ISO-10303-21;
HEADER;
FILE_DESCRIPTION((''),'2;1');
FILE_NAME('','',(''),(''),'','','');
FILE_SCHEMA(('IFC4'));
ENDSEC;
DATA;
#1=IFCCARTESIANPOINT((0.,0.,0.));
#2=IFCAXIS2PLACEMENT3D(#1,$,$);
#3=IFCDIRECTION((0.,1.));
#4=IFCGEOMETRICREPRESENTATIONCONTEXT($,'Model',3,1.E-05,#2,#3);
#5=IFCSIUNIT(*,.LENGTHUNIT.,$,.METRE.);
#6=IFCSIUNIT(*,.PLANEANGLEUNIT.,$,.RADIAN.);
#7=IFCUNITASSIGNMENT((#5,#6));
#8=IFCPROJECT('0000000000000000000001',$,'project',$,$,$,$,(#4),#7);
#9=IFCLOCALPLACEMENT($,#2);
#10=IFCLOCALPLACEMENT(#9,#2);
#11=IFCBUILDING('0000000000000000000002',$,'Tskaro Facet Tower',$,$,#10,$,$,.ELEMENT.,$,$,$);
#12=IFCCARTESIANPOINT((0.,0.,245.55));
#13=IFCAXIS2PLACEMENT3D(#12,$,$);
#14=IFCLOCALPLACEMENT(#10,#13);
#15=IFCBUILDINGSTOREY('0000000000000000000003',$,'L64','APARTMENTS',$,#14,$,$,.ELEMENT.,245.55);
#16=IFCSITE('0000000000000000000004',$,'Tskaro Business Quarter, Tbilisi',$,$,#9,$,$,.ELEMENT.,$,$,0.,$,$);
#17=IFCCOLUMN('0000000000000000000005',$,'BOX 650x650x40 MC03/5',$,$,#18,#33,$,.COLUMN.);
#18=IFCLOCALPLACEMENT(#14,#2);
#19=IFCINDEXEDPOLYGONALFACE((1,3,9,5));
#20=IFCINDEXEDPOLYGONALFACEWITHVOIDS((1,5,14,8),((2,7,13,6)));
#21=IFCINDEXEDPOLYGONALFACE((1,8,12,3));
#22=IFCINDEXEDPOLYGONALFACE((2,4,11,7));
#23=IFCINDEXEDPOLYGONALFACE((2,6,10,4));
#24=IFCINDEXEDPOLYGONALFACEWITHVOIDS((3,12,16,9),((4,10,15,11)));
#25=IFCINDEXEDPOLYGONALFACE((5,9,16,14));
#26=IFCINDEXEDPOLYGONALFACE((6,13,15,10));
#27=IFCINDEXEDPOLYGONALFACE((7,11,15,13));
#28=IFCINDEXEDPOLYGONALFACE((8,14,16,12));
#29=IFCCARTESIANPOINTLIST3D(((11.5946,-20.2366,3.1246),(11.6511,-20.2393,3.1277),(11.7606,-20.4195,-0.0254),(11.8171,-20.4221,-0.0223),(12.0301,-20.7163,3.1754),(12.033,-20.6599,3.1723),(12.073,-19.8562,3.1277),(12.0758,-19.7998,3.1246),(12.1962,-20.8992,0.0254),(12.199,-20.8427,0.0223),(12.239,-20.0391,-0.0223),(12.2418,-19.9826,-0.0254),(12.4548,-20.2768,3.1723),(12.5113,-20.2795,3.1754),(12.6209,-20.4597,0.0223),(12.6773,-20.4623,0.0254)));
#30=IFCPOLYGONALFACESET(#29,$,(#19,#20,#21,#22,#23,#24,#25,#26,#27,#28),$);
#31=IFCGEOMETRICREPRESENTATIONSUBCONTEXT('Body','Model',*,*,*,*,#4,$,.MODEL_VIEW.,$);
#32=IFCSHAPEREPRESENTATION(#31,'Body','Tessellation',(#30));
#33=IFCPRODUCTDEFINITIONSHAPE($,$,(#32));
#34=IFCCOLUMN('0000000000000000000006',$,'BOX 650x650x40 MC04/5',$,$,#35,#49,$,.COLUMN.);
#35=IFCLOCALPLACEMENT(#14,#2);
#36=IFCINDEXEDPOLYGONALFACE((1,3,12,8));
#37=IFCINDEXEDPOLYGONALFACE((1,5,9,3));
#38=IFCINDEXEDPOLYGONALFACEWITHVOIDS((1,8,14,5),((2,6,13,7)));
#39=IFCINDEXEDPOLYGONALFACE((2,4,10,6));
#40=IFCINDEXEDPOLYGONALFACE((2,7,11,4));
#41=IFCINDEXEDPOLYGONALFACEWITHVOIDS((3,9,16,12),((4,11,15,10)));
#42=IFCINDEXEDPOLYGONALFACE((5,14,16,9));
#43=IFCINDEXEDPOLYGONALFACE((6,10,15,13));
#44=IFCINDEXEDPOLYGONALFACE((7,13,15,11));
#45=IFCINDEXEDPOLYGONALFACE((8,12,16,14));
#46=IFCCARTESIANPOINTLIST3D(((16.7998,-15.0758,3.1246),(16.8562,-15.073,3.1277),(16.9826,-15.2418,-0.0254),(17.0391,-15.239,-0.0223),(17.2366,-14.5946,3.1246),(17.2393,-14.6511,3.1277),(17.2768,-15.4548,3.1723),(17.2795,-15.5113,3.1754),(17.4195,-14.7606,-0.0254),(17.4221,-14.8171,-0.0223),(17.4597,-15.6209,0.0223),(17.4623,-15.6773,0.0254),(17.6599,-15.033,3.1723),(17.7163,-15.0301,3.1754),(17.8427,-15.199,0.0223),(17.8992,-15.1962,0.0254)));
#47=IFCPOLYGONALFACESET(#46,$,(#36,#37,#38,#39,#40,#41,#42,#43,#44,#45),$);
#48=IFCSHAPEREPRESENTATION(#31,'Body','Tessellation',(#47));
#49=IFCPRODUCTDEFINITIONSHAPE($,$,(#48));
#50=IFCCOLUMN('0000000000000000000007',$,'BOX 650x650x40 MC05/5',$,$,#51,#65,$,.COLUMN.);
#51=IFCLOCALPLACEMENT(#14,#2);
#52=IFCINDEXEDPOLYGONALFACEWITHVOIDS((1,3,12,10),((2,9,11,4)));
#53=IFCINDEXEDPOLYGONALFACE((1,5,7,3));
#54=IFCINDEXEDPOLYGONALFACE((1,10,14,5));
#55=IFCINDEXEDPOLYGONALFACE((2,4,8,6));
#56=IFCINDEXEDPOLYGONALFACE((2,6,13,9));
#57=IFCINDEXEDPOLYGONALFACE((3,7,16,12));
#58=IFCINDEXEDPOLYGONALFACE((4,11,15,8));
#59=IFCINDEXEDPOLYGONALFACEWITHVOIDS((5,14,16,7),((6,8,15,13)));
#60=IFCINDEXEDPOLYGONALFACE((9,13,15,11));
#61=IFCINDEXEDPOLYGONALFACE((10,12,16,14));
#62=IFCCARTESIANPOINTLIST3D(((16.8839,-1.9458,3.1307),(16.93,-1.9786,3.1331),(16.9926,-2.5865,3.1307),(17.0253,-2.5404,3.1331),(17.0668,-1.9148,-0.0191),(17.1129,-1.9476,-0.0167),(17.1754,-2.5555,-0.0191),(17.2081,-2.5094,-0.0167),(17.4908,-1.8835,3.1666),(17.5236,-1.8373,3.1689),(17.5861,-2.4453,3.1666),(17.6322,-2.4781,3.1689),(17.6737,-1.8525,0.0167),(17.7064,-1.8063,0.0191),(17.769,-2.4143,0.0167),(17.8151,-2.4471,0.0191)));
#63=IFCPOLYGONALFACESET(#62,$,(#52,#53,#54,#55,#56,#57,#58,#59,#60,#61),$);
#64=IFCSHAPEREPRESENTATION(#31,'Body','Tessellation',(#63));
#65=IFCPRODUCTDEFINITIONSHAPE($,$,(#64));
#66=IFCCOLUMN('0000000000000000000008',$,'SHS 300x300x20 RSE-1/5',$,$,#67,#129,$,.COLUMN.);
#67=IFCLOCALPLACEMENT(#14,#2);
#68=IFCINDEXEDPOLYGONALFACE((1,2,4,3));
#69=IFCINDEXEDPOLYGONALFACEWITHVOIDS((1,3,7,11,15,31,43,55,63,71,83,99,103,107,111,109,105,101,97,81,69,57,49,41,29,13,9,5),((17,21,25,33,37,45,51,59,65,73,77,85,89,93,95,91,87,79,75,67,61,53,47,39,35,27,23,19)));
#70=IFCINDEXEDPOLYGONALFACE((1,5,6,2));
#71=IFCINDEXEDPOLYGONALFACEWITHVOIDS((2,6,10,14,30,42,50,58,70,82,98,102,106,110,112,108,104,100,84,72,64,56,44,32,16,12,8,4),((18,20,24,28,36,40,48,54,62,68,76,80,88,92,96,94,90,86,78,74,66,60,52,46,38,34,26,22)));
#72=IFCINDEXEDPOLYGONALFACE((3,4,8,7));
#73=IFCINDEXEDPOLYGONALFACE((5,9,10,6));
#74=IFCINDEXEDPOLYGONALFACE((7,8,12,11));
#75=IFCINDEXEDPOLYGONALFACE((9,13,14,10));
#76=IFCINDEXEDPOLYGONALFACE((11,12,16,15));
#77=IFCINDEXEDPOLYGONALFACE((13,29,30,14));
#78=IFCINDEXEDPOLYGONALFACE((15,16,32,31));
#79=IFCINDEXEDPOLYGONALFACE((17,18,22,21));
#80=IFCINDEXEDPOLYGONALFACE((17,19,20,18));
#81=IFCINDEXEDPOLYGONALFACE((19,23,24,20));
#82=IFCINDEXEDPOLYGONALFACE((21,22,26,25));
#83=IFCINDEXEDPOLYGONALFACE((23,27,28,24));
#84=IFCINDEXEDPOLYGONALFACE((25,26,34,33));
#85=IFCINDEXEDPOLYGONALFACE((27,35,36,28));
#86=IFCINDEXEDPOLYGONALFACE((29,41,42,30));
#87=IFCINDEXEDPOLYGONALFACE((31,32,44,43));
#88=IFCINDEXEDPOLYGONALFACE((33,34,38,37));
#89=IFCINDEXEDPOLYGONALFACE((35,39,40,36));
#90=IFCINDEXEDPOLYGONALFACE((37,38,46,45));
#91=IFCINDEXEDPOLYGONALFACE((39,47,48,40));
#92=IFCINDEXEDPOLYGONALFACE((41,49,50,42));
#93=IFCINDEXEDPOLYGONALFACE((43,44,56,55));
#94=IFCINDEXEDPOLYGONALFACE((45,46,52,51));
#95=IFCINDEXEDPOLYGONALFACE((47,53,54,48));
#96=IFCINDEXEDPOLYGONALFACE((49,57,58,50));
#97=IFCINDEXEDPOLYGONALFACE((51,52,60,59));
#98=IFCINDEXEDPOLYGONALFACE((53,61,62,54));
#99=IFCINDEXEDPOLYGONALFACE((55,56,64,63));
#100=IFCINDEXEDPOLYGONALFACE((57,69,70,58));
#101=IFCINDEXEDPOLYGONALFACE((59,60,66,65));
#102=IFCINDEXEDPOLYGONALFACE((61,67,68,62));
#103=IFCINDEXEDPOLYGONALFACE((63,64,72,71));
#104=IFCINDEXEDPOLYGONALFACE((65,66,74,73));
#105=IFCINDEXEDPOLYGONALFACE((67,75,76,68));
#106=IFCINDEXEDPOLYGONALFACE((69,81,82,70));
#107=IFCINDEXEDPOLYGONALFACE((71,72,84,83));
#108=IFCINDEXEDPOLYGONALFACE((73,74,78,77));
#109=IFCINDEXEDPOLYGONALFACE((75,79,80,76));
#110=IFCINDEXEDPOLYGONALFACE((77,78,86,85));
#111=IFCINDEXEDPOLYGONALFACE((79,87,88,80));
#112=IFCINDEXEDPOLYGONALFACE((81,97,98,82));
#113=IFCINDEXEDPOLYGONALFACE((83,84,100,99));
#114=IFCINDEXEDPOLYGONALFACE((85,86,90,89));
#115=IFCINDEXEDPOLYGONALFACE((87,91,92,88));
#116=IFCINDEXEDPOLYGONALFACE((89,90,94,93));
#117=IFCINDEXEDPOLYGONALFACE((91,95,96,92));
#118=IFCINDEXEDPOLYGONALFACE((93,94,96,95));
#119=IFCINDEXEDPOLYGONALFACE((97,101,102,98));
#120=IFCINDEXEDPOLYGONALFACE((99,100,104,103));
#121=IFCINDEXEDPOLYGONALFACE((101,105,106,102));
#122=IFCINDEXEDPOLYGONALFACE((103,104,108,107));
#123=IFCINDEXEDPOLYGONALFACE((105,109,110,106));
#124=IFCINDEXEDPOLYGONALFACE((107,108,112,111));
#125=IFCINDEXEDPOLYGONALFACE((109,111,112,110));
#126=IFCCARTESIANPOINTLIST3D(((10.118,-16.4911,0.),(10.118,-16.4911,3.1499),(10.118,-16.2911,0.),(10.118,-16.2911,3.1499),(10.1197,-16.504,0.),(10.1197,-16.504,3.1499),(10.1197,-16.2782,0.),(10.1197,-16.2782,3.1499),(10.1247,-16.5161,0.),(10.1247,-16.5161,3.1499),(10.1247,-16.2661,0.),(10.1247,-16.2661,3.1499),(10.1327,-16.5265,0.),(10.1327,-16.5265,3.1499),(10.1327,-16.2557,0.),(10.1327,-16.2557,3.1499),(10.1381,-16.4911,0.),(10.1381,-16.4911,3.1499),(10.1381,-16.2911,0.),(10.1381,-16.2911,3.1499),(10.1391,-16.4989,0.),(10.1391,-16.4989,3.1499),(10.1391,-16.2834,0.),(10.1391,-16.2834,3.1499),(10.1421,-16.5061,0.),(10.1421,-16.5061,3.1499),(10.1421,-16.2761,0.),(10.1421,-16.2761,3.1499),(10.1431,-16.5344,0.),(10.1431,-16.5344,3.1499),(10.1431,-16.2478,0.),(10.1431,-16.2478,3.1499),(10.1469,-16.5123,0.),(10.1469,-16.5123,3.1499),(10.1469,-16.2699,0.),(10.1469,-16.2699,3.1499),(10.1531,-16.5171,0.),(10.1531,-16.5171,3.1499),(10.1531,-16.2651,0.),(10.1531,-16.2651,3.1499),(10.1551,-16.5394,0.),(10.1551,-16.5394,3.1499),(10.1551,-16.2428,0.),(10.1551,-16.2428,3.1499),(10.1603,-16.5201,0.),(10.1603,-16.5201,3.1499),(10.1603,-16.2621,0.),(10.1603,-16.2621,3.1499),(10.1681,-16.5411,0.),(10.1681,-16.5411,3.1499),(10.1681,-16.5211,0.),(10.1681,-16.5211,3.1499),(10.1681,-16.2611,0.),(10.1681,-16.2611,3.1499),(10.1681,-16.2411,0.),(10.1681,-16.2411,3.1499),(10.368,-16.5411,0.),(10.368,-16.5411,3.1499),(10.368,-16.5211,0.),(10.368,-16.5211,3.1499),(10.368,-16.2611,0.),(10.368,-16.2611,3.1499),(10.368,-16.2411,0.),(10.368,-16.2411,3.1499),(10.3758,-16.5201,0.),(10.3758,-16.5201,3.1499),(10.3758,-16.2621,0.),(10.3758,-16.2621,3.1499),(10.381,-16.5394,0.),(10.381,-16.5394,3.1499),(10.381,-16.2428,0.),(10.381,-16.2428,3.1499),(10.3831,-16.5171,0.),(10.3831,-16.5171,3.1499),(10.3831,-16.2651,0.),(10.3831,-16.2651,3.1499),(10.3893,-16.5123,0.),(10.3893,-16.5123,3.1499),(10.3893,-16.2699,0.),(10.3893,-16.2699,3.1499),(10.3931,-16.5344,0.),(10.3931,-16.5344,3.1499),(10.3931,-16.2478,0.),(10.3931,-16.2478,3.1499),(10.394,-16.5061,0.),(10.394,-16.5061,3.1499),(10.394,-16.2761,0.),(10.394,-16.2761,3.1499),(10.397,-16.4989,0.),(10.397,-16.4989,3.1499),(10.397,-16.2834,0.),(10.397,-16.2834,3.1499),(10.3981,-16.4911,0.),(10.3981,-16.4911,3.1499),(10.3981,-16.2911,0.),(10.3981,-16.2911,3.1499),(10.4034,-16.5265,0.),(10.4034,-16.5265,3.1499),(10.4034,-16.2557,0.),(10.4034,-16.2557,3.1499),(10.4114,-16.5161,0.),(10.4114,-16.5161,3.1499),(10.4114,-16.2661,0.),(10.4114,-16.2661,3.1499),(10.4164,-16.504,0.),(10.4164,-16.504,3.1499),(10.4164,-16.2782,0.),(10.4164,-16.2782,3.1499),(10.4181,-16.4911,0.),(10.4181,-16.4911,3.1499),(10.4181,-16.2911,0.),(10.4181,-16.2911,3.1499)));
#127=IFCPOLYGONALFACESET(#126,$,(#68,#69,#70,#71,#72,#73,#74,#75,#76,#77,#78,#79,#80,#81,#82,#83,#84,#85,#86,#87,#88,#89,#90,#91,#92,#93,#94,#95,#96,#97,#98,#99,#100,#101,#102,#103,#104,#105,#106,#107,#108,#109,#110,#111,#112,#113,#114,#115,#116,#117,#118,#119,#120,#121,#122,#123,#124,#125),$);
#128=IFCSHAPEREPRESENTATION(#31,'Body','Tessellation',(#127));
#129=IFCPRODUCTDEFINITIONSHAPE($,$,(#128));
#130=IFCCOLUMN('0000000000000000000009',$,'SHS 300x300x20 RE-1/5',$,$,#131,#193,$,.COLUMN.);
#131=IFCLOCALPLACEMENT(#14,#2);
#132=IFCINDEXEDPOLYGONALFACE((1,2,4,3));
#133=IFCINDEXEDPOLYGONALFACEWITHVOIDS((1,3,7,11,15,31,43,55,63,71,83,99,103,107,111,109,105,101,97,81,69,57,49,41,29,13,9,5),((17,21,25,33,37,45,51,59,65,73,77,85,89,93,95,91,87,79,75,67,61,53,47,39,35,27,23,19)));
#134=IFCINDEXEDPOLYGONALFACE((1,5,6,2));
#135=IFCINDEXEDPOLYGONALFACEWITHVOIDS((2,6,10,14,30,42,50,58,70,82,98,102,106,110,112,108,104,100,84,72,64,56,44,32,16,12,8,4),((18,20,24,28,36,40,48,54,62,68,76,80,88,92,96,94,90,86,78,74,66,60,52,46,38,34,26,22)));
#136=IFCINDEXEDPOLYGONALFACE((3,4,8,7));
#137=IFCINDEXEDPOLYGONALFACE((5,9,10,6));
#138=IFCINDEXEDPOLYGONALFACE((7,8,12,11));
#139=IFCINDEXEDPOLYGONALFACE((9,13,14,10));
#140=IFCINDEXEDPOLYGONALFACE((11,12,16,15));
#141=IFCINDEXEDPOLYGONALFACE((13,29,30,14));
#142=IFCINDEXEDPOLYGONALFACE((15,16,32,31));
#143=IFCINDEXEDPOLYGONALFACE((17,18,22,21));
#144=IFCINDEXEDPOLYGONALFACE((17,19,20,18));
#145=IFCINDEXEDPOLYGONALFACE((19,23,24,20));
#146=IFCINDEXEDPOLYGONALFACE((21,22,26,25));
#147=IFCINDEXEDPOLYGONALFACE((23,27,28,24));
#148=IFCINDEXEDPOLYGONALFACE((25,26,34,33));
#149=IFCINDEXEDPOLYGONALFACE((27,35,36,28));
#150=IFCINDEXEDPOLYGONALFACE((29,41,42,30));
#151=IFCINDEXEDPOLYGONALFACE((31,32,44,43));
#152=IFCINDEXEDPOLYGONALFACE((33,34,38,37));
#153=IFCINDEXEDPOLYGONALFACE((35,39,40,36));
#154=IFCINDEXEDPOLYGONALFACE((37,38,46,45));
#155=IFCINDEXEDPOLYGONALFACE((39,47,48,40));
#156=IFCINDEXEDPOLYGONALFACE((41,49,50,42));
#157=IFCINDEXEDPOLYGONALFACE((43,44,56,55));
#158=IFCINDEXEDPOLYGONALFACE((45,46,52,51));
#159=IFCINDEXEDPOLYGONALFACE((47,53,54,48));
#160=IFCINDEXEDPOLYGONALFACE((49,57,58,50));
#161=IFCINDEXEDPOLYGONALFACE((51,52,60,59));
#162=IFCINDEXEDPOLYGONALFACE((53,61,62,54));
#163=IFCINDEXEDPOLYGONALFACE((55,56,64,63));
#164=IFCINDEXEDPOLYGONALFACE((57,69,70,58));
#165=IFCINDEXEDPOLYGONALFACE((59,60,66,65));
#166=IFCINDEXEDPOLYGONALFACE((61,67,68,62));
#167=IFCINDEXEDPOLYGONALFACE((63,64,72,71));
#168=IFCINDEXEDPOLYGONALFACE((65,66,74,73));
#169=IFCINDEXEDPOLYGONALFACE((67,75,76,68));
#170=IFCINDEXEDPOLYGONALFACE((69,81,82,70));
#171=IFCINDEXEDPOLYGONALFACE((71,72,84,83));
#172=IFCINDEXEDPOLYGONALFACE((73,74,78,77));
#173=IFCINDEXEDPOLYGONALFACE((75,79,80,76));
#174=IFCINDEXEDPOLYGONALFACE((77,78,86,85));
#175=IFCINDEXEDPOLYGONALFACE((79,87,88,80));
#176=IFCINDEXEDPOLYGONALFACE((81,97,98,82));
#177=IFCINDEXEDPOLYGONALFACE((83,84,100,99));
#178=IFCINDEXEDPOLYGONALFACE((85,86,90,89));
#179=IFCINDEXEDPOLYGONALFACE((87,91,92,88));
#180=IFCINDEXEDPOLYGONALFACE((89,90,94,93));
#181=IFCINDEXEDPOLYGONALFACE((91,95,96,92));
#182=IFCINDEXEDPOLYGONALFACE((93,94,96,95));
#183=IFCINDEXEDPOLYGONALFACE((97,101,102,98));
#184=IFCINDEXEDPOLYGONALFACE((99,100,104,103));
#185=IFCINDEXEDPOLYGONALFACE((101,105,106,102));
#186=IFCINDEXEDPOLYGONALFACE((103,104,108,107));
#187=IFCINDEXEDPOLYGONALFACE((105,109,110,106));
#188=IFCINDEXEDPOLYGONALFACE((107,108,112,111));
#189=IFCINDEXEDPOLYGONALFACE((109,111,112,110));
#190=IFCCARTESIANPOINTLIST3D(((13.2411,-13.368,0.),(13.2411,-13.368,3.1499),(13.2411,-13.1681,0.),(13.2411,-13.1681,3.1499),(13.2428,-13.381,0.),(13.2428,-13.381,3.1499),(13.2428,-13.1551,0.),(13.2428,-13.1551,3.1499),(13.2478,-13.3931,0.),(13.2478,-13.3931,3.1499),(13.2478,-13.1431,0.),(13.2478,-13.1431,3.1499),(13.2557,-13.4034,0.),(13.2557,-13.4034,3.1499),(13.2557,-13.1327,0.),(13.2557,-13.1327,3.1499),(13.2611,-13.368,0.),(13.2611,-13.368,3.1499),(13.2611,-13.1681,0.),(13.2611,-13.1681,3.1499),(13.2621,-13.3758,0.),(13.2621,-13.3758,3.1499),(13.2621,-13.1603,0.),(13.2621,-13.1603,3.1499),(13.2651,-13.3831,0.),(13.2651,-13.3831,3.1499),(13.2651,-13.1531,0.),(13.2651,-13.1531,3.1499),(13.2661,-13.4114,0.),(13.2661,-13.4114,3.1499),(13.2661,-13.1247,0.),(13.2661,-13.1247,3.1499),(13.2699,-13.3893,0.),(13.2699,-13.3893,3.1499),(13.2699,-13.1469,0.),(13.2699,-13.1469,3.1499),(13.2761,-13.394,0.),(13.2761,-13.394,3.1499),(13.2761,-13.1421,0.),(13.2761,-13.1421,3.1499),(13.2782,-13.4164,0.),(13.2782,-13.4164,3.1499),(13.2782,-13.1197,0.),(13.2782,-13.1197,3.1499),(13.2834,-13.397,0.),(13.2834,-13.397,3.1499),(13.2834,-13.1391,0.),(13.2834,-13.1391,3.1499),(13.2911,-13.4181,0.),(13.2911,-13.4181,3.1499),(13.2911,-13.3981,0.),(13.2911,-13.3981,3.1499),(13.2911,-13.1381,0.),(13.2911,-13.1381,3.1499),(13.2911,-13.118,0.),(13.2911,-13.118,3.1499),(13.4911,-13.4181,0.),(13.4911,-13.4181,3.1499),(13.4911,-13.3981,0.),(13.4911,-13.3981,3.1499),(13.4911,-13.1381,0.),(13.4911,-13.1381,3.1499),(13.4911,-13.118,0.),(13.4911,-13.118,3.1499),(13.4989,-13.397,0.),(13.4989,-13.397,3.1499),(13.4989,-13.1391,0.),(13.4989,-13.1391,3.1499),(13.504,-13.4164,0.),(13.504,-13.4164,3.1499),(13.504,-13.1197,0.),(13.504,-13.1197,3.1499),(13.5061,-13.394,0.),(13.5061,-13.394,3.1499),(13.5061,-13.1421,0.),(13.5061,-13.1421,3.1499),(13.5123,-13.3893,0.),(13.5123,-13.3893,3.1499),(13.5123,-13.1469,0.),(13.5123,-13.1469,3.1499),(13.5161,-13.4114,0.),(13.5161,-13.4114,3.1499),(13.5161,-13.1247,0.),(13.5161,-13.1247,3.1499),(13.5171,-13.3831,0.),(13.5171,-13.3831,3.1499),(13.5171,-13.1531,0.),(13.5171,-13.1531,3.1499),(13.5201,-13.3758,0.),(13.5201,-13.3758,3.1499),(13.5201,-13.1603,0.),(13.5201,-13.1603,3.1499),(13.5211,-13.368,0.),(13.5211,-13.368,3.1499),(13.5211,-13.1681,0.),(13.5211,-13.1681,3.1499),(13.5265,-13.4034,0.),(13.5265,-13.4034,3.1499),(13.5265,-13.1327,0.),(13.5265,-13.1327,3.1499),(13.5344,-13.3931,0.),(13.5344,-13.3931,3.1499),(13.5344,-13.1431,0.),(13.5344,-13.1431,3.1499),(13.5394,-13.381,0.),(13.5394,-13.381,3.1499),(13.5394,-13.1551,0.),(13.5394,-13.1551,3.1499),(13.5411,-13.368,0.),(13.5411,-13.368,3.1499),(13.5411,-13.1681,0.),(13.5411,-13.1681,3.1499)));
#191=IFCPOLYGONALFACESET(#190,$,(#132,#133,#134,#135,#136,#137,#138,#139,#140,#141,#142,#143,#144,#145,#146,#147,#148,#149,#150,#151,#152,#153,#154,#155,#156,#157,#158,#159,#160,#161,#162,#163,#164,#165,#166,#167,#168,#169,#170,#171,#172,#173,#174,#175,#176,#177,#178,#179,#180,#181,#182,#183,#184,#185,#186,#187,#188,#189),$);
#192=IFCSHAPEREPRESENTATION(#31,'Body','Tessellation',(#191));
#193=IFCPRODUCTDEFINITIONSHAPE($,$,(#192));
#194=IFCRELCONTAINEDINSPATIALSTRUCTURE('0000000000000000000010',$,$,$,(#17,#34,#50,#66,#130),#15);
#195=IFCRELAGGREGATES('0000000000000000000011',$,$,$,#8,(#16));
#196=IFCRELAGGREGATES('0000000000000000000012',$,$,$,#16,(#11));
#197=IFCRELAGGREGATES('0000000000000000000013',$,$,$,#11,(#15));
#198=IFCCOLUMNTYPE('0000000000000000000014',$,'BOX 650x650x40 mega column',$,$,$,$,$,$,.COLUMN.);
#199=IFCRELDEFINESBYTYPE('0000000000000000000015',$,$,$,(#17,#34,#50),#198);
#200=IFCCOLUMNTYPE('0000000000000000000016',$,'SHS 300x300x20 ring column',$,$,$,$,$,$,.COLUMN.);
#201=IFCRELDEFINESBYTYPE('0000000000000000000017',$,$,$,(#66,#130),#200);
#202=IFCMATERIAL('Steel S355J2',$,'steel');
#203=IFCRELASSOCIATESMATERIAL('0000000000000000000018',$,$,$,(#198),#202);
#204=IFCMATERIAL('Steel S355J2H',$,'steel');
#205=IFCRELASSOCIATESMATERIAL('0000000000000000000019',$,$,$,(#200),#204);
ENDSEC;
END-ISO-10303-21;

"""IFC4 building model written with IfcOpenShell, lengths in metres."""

from ifc_helpers import new_model, si_unit, direction, frame, origin, origin_2d, place, context, subcontext, project, spatial, hollow_rectangle, extrude, material, material_profile, profile_set, type_object, element, save


model = new_model("IFC4")

# Units and contexts
model_context = context("Model", 3, precision=1e-05, world=origin(), true_north=direction((0.0, 1.0)))
body_context = subcontext(model_context, "Body", "Model", "MODEL_VIEW")
ifc_project = project(units=[si_unit("LENGTHUNIT", "METRE"), si_unit("PLANEANGLEUNIT", "RADIAN")], contexts=[model_context])

# Site, building, storey
site_placement = place(None, origin())
site = spatial("IfcSite", under=ifc_project, at=site_placement, Name="Tskaro Business Quarter, Tbilisi", CompositionType="ELEMENT", RefElevation=0.0)
building_placement = place(site_placement, origin())
building = spatial("IfcBuilding", under=site, at=building_placement, Name="Tskaro Facet Tower", CompositionType="ELEMENT")
storey_placement = place(building_placement, frame((0.0, 0.0, 245.55)))
storey = spatial("IfcBuildingStorey", under=building, at=storey_placement, Name="L64", Description="APARTMENTS", CompositionType="ELEMENT", Elevation=245.55)

# Columns
ifc_material_1 = material(Name="Steel S355J2", Category="steel")
ifc_material_profile_1 = material_profile(ifc_material_1, hollow_rectangle(XDim=0.6499, YDim=0.6499, WallThickness=0.04, at=origin_2d()), Name="BOX 650x650x40")
ifc_profile_set_1 = profile_set([ifc_material_profile_1], Name="Steel S355J2")
column_type_1 = type_object("IfcColumnType", Name="BOX 650x650x40 mega column", PredefinedType="COLUMN", material=ifc_profile_set_1)
for number, where, z_axis, x_axis, name in (
    (1, (12.219, -20.4409, 0.0), (-0.052544, 0.057875, 0.99694), (-0.740387, -0.672181, 0.0), "BOX 650x650x40 MC03/5"),
    (2, (17.4409, -15.219, 0.0), (-0.057875, 0.052544, 0.99694), (-0.672181, -0.740387, 0.0), "BOX 650x650x40 MC04/5"),
):
    element("IfcColumn", number, at=place(storey_placement, frame(where, z_axis=z_axis, x_axis=x_axis)), inside=storey, type_object=column_type_1, Name=name, PredefinedType="COLUMN", context=body_context, shape_type="SweptSolid", body=[
        extrude(hollow_rectangle(XDim=0.6499, YDim=0.6499, WallThickness=0.04, at=origin_2d()), origin(), (0.0, 0.0, 1.0), 3.1597),
    ])
column_placement = place(storey_placement, frame((17.4409, -2.1809, 0.0), z_axis=(-0.057953, -0.009826, 0.998271), x_axis=(0.167173, -0.985928, 0.0)))
element("IfcColumn", 3, at=column_placement, inside=storey, type_object=column_type_1, Name="BOX 650x650x40 MC05/5", PredefinedType="COLUMN", context=body_context, shape_type="SweptSolid", body=[
    extrude(hollow_rectangle(XDim=0.6499, YDim=0.6499, WallThickness=0.04, at=origin_2d()), origin(), (0.0, 0.0, 1.0), 3.1553),
])
ifc_material_2 = material(Name="Steel S355J2H", Category="steel")
ifc_material_profile_2 = material_profile(ifc_material_2, hollow_rectangle(XDim=0.3, YDim=0.3, WallThickness=0.02, InnerFilletRadius=0.03, OuterFilletRadius=0.05, at=origin_2d()), Name="SHS 300x300x20")
ifc_profile_set_2 = profile_set([ifc_material_profile_2], Name="Steel S355J2H")
column_type_2 = type_object("IfcColumnType", Name="SHS 300x300x20 ring column", PredefinedType="COLUMN", material=ifc_profile_set_2)
for number, where, z_axis, x_axis, name in (
    (4, (10.2681, -16.3911, 0.0), (0.0, 0.0, 1.0), (1.0, 0.0, 0.0), "SHS 300x300x20 RSE-1/5"),
    (5, (13.3911, -13.2681, 0.0), (0.0, 0.0, 1.0), (1.0, 0.0, 0.0), "SHS 300x300x20 RE-1/5"),
):
    element("IfcColumn", number, at=place(storey_placement, frame(where, z_axis=z_axis, x_axis=x_axis)), inside=storey, type_object=column_type_2, Name=name, PredefinedType="COLUMN", context=body_context, shape_type="SweptSolid", body=[
        extrude(hollow_rectangle(XDim=0.3, YDim=0.3, WallThickness=0.02, InnerFilletRadius=0.03, OuterFilletRadius=0.05, at=origin_2d()), origin(), (0.0, 0.0, 1.0), 3.1499),
    ])

save(model, "model.ifc")
